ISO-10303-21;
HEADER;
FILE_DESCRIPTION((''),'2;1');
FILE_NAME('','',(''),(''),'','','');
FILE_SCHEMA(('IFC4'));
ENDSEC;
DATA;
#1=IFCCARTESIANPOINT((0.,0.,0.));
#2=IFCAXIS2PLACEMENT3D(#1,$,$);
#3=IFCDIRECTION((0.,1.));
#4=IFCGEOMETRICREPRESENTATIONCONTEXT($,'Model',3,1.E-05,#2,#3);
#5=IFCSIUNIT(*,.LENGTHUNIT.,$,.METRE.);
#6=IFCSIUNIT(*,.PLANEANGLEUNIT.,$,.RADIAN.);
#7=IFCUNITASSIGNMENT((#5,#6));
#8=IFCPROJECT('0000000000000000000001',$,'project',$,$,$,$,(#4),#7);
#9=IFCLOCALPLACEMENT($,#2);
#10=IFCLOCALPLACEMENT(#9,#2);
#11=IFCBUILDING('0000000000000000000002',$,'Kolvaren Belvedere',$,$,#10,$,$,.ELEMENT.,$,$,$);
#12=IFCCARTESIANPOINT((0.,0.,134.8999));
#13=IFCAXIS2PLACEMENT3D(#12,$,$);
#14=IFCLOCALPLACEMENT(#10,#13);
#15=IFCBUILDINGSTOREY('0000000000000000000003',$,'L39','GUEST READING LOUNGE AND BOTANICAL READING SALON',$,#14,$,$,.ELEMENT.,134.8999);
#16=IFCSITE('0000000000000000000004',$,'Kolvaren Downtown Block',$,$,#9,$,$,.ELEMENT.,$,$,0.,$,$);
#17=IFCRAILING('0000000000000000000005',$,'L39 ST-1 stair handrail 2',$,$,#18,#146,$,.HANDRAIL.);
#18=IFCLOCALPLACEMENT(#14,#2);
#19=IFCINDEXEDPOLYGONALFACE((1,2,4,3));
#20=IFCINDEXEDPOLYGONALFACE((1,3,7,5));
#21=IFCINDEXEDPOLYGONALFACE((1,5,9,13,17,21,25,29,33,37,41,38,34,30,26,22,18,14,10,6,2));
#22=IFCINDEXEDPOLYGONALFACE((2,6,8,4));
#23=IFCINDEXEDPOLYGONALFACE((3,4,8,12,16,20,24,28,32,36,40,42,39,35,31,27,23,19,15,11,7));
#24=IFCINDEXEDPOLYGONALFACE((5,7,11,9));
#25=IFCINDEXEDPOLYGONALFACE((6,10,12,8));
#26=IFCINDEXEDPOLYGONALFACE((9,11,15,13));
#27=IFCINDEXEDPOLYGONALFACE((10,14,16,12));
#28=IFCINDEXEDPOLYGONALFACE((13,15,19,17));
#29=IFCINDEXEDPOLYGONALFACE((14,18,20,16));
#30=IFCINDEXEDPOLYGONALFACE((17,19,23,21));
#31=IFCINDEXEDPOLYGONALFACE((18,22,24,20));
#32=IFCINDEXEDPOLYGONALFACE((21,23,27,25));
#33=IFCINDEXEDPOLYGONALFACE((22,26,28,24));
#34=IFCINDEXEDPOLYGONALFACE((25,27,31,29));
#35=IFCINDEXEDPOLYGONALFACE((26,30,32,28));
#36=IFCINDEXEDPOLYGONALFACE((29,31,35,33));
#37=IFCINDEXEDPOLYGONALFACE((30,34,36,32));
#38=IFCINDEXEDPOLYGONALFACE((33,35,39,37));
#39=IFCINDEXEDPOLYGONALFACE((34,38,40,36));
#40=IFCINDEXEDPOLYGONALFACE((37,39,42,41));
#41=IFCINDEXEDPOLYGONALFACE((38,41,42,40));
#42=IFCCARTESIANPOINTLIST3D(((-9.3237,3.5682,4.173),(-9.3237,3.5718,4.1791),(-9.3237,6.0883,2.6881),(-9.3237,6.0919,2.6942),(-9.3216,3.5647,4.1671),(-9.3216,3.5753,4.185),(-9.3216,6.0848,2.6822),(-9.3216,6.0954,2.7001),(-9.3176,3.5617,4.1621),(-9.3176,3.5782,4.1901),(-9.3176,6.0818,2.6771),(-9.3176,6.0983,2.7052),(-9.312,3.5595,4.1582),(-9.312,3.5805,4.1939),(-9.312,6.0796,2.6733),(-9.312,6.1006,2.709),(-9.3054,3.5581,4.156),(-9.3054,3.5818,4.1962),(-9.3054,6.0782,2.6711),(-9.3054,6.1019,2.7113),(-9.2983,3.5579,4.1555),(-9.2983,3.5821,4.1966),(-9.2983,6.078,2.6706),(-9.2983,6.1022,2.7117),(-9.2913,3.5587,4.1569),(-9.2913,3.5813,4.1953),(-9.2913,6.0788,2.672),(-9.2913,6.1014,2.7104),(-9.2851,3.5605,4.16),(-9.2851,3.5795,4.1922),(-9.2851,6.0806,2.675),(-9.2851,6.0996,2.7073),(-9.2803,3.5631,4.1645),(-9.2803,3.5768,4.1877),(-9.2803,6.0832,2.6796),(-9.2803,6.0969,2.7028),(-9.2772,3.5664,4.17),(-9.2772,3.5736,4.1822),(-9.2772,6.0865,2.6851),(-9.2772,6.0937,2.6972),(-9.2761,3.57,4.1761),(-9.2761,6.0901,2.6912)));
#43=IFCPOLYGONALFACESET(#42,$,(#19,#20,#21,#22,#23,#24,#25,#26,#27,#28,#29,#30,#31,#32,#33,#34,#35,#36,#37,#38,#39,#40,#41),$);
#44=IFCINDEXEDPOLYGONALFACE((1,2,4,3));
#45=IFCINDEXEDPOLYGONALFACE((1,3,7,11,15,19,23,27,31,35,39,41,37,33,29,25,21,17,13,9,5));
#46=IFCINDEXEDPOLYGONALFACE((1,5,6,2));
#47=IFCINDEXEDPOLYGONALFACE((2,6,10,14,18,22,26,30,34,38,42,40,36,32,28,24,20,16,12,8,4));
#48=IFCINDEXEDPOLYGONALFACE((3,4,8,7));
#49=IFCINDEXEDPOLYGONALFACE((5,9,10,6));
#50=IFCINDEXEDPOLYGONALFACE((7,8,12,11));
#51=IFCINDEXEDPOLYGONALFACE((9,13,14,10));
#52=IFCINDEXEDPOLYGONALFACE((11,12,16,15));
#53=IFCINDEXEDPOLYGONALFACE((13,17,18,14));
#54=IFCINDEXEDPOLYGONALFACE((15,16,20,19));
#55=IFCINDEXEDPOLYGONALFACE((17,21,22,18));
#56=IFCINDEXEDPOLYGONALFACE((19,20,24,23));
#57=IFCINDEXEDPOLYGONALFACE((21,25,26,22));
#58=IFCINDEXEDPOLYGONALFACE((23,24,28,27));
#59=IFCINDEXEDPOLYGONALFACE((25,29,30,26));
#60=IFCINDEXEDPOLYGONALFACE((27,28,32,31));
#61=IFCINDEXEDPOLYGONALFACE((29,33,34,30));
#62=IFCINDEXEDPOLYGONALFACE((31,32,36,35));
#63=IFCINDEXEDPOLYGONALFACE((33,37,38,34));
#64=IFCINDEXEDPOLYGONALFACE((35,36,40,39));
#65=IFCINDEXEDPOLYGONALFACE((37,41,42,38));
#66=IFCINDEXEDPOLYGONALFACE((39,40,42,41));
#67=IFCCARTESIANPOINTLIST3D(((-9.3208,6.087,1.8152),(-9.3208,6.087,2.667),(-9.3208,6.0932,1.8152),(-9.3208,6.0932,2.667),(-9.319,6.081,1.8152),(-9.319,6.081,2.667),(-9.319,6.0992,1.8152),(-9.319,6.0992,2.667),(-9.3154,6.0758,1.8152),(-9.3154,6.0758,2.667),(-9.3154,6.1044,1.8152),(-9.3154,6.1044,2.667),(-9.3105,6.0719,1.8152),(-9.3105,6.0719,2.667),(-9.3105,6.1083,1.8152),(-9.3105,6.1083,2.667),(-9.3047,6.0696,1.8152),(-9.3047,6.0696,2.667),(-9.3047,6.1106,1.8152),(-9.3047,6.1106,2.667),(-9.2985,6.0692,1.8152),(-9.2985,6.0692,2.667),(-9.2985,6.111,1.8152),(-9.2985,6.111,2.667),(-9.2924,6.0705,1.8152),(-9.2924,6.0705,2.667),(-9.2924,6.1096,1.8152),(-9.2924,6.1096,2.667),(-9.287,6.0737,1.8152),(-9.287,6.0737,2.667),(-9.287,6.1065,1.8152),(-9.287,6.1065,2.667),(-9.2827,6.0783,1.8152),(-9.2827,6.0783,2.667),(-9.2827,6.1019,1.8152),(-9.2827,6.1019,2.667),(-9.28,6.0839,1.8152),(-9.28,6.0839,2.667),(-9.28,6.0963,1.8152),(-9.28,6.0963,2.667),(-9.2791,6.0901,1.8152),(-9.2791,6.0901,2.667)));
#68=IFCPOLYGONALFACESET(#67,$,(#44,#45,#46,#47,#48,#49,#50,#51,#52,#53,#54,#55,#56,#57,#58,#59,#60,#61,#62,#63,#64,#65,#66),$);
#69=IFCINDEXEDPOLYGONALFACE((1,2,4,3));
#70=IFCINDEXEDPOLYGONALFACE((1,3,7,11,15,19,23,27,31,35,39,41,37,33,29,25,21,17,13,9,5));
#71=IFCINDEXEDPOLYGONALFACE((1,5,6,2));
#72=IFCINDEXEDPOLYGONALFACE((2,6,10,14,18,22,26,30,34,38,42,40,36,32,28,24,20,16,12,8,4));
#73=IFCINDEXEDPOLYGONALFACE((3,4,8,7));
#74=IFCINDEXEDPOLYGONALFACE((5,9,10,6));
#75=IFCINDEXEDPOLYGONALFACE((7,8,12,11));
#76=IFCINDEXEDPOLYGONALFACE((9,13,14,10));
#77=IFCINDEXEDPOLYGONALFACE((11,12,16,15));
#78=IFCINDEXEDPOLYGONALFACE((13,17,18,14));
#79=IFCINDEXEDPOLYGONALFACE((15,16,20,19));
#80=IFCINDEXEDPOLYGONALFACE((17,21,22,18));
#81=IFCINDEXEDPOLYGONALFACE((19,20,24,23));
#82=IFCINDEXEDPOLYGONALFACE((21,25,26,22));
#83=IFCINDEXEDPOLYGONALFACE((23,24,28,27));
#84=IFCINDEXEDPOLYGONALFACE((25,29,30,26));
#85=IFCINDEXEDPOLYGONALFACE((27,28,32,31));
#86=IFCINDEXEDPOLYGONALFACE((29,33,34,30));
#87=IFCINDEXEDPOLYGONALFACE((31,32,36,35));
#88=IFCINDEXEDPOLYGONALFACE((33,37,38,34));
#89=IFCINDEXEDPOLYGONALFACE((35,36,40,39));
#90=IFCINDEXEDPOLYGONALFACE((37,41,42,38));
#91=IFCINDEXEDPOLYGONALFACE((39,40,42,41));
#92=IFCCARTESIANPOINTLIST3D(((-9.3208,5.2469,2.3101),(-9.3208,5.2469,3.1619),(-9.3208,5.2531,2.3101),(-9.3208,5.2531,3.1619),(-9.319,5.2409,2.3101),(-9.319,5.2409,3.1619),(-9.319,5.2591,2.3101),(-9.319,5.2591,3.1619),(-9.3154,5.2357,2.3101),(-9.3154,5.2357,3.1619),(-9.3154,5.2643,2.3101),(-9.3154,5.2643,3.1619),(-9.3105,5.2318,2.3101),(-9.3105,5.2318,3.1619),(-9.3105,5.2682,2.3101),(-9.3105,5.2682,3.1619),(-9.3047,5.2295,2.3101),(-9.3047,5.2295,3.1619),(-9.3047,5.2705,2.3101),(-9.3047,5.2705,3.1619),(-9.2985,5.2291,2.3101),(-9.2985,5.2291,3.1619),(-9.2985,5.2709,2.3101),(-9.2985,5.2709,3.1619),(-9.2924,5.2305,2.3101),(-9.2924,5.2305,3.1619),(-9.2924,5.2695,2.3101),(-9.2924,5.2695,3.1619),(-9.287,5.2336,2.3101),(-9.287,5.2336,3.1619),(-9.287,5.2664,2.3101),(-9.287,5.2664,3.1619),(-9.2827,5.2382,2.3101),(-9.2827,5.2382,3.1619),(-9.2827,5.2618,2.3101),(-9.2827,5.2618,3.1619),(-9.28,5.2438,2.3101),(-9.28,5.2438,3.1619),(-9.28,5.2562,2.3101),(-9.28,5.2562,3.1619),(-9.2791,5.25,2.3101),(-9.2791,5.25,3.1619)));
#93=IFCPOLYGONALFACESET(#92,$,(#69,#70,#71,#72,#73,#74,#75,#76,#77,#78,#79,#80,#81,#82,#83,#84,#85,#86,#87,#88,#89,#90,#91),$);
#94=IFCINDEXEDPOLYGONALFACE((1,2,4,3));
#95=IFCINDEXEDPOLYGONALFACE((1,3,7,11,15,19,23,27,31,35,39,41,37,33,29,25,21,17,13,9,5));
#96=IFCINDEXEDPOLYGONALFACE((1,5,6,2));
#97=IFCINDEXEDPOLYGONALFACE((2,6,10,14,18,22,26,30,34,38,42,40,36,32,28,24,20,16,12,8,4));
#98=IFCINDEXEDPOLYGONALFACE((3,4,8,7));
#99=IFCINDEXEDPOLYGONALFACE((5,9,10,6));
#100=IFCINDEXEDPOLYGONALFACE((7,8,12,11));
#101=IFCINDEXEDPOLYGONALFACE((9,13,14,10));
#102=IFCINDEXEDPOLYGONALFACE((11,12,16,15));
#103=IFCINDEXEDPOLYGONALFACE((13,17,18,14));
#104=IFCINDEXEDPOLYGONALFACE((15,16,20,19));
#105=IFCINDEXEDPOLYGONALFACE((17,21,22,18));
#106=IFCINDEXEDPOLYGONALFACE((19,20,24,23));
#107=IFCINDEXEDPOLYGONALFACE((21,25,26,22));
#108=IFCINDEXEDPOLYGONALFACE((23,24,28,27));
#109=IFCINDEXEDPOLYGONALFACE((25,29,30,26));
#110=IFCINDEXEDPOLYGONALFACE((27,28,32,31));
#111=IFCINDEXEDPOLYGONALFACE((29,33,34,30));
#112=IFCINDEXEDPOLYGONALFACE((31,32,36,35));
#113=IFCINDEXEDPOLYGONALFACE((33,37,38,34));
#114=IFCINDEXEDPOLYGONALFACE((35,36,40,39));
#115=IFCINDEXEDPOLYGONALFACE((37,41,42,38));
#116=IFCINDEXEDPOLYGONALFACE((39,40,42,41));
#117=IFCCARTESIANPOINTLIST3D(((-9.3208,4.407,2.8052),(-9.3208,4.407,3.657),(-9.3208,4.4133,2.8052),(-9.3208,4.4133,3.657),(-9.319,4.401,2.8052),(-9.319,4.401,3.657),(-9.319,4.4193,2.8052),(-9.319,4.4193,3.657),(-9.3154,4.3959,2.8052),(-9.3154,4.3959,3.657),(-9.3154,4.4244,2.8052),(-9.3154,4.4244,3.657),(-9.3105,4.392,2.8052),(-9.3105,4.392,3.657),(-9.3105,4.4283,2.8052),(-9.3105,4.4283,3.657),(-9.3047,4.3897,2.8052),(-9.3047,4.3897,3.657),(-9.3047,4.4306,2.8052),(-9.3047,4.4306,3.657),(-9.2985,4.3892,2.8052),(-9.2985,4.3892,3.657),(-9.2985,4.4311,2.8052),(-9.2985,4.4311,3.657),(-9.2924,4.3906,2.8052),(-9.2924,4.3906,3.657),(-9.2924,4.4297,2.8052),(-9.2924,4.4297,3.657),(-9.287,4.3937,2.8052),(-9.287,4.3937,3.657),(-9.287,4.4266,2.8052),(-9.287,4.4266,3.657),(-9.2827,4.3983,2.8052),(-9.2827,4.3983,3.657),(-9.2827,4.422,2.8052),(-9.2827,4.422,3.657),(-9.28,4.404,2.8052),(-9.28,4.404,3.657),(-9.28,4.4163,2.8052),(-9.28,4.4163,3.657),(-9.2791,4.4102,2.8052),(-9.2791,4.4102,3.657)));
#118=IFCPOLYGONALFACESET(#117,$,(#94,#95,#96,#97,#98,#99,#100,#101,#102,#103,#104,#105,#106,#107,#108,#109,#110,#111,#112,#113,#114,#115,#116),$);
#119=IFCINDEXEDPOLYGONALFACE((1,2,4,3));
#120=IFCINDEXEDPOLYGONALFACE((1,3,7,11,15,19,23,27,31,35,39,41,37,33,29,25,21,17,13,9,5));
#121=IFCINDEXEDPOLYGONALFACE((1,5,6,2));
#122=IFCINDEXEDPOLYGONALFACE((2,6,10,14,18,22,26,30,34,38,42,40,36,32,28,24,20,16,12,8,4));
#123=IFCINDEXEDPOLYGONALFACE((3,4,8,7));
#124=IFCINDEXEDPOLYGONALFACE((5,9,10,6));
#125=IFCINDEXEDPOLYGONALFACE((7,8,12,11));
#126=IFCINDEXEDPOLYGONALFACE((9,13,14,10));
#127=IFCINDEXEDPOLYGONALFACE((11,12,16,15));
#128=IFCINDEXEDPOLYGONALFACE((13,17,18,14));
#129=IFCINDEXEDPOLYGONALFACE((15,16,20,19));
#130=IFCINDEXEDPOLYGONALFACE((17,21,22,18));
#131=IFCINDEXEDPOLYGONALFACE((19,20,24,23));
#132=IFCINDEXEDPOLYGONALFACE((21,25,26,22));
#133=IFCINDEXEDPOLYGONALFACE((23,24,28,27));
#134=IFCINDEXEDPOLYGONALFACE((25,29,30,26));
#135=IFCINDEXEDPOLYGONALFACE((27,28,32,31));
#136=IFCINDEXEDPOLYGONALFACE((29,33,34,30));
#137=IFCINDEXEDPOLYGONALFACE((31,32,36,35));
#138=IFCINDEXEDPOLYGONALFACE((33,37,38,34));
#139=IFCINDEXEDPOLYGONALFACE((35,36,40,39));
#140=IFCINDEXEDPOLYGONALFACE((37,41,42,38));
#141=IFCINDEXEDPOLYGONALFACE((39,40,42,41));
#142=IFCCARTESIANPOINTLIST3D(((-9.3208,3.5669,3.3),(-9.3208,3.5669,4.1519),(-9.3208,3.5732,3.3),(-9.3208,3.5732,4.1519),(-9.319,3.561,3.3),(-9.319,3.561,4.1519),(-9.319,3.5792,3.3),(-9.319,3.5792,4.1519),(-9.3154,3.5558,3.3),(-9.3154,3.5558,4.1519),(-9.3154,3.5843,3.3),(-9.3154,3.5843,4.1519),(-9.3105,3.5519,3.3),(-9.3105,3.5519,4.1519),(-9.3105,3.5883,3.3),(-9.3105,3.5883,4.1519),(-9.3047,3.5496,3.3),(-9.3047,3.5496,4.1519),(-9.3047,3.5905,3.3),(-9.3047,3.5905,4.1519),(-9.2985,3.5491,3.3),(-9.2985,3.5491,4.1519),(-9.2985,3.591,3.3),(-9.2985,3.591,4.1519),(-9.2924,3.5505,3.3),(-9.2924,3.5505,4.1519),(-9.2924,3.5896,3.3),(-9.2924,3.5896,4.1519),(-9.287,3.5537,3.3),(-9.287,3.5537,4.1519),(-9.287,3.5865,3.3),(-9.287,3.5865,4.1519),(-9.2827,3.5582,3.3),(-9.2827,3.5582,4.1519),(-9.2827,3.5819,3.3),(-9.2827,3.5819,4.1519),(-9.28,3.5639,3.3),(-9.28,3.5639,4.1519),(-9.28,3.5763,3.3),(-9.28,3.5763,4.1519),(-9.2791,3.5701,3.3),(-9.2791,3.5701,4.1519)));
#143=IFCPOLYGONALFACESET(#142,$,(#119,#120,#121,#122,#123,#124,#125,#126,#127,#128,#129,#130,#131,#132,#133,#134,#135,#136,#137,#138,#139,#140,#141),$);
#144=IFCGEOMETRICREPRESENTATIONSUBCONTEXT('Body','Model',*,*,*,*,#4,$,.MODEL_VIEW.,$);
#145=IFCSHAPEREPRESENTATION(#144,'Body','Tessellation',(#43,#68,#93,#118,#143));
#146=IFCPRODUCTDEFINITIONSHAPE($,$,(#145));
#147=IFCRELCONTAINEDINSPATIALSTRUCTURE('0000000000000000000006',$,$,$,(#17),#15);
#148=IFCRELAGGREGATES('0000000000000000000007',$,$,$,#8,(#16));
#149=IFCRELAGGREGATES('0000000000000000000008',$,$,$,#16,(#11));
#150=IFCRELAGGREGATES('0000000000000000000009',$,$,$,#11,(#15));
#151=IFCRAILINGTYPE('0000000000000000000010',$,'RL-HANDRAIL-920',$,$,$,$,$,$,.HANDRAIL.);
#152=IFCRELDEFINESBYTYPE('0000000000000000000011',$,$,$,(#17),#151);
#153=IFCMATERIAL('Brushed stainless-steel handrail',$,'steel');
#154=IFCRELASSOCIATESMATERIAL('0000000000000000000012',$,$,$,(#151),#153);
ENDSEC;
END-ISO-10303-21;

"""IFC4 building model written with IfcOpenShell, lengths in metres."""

from ifc_helpers import new_model, si_unit, direction, frame, origin, origin_2d, place, context, subcontext, project, spatial, circle, extrude, material, type_object, element, save


model = new_model("IFC4")

# Units and contexts
model_context = context("Model", 3, precision=1e-05, world=origin(), true_north=direction((0.0, 1.0)))
body_context = subcontext(model_context, "Body", "Model", "MODEL_VIEW")
ifc_project = project(units=[si_unit("LENGTHUNIT", "METRE"), si_unit("PLANEANGLEUNIT", "RADIAN")], contexts=[model_context])

# Site, building, storey
site_placement = place(None, origin())
site = spatial("IfcSite", under=ifc_project, at=site_placement, Name="Kolvaren Downtown Block", CompositionType="ELEMENT", RefElevation=0.0)
building_placement = place(site_placement, origin())
building = spatial("IfcBuilding", under=site, at=building_placement, Name="Kolvaren Belvedere", CompositionType="ELEMENT")
storey_placement = place(building_placement, frame((0.0, 0.0, 134.8999)))
storey = spatial("IfcBuildingStorey", under=building, at=storey_placement, Name="L39", Description="GUEST READING LOUNGE AND BOTANICAL READING SALON", CompositionType="ELEMENT", Elevation=134.8999)

# Railing
ifc_material_1 = material(Name="Brushed stainless-steel handrail", Category="steel")
railing_type_1 = type_object("IfcRailingType", Name="RL-HANDRAIL-920", PredefinedType="HANDRAIL", material=ifc_material_1)
railing_1_placement = place(storey_placement, frame((-9.3, 6.0901, 1.8152)))
element("IfcRailing", 1, at=railing_1_placement, inside=storey, type_object=railing_type_1, Name="L39 ST-1 stair handrail 2", PredefinedType="HANDRAIL", context=body_context, shape_type="SweptSolid", body=[
    extrude(circle(Radius=0.0239, at=origin_2d()), frame((0.0, 0.0, 0.876), z_axis=(0.0, -0.861561, 0.507655), x_axis=(1.0, 0.0, 0.0)), (0.0, 0.0, 1.0), 2.925),
    extrude(circle(Radius=0.021, at=origin_2d()), origin(), (0.0, 0.0, 1.0), 0.8518),
    extrude(circle(Radius=0.021, at=origin_2d()), frame((0.0, -0.8401, 0.4949)), (0.0, 0.0, 1.0), 0.8518),
    extrude(circle(Radius=0.021, at=origin_2d()), frame((0.0, -1.6799, 0.99)), (0.0, 0.0, 1.0), 0.8518),
    extrude(circle(Radius=0.021, at=origin_2d()), frame((0.0, -2.52, 1.4849)), (0.0, 0.0, 1.0), 0.8518),
])

save(model, "model.ifc")
